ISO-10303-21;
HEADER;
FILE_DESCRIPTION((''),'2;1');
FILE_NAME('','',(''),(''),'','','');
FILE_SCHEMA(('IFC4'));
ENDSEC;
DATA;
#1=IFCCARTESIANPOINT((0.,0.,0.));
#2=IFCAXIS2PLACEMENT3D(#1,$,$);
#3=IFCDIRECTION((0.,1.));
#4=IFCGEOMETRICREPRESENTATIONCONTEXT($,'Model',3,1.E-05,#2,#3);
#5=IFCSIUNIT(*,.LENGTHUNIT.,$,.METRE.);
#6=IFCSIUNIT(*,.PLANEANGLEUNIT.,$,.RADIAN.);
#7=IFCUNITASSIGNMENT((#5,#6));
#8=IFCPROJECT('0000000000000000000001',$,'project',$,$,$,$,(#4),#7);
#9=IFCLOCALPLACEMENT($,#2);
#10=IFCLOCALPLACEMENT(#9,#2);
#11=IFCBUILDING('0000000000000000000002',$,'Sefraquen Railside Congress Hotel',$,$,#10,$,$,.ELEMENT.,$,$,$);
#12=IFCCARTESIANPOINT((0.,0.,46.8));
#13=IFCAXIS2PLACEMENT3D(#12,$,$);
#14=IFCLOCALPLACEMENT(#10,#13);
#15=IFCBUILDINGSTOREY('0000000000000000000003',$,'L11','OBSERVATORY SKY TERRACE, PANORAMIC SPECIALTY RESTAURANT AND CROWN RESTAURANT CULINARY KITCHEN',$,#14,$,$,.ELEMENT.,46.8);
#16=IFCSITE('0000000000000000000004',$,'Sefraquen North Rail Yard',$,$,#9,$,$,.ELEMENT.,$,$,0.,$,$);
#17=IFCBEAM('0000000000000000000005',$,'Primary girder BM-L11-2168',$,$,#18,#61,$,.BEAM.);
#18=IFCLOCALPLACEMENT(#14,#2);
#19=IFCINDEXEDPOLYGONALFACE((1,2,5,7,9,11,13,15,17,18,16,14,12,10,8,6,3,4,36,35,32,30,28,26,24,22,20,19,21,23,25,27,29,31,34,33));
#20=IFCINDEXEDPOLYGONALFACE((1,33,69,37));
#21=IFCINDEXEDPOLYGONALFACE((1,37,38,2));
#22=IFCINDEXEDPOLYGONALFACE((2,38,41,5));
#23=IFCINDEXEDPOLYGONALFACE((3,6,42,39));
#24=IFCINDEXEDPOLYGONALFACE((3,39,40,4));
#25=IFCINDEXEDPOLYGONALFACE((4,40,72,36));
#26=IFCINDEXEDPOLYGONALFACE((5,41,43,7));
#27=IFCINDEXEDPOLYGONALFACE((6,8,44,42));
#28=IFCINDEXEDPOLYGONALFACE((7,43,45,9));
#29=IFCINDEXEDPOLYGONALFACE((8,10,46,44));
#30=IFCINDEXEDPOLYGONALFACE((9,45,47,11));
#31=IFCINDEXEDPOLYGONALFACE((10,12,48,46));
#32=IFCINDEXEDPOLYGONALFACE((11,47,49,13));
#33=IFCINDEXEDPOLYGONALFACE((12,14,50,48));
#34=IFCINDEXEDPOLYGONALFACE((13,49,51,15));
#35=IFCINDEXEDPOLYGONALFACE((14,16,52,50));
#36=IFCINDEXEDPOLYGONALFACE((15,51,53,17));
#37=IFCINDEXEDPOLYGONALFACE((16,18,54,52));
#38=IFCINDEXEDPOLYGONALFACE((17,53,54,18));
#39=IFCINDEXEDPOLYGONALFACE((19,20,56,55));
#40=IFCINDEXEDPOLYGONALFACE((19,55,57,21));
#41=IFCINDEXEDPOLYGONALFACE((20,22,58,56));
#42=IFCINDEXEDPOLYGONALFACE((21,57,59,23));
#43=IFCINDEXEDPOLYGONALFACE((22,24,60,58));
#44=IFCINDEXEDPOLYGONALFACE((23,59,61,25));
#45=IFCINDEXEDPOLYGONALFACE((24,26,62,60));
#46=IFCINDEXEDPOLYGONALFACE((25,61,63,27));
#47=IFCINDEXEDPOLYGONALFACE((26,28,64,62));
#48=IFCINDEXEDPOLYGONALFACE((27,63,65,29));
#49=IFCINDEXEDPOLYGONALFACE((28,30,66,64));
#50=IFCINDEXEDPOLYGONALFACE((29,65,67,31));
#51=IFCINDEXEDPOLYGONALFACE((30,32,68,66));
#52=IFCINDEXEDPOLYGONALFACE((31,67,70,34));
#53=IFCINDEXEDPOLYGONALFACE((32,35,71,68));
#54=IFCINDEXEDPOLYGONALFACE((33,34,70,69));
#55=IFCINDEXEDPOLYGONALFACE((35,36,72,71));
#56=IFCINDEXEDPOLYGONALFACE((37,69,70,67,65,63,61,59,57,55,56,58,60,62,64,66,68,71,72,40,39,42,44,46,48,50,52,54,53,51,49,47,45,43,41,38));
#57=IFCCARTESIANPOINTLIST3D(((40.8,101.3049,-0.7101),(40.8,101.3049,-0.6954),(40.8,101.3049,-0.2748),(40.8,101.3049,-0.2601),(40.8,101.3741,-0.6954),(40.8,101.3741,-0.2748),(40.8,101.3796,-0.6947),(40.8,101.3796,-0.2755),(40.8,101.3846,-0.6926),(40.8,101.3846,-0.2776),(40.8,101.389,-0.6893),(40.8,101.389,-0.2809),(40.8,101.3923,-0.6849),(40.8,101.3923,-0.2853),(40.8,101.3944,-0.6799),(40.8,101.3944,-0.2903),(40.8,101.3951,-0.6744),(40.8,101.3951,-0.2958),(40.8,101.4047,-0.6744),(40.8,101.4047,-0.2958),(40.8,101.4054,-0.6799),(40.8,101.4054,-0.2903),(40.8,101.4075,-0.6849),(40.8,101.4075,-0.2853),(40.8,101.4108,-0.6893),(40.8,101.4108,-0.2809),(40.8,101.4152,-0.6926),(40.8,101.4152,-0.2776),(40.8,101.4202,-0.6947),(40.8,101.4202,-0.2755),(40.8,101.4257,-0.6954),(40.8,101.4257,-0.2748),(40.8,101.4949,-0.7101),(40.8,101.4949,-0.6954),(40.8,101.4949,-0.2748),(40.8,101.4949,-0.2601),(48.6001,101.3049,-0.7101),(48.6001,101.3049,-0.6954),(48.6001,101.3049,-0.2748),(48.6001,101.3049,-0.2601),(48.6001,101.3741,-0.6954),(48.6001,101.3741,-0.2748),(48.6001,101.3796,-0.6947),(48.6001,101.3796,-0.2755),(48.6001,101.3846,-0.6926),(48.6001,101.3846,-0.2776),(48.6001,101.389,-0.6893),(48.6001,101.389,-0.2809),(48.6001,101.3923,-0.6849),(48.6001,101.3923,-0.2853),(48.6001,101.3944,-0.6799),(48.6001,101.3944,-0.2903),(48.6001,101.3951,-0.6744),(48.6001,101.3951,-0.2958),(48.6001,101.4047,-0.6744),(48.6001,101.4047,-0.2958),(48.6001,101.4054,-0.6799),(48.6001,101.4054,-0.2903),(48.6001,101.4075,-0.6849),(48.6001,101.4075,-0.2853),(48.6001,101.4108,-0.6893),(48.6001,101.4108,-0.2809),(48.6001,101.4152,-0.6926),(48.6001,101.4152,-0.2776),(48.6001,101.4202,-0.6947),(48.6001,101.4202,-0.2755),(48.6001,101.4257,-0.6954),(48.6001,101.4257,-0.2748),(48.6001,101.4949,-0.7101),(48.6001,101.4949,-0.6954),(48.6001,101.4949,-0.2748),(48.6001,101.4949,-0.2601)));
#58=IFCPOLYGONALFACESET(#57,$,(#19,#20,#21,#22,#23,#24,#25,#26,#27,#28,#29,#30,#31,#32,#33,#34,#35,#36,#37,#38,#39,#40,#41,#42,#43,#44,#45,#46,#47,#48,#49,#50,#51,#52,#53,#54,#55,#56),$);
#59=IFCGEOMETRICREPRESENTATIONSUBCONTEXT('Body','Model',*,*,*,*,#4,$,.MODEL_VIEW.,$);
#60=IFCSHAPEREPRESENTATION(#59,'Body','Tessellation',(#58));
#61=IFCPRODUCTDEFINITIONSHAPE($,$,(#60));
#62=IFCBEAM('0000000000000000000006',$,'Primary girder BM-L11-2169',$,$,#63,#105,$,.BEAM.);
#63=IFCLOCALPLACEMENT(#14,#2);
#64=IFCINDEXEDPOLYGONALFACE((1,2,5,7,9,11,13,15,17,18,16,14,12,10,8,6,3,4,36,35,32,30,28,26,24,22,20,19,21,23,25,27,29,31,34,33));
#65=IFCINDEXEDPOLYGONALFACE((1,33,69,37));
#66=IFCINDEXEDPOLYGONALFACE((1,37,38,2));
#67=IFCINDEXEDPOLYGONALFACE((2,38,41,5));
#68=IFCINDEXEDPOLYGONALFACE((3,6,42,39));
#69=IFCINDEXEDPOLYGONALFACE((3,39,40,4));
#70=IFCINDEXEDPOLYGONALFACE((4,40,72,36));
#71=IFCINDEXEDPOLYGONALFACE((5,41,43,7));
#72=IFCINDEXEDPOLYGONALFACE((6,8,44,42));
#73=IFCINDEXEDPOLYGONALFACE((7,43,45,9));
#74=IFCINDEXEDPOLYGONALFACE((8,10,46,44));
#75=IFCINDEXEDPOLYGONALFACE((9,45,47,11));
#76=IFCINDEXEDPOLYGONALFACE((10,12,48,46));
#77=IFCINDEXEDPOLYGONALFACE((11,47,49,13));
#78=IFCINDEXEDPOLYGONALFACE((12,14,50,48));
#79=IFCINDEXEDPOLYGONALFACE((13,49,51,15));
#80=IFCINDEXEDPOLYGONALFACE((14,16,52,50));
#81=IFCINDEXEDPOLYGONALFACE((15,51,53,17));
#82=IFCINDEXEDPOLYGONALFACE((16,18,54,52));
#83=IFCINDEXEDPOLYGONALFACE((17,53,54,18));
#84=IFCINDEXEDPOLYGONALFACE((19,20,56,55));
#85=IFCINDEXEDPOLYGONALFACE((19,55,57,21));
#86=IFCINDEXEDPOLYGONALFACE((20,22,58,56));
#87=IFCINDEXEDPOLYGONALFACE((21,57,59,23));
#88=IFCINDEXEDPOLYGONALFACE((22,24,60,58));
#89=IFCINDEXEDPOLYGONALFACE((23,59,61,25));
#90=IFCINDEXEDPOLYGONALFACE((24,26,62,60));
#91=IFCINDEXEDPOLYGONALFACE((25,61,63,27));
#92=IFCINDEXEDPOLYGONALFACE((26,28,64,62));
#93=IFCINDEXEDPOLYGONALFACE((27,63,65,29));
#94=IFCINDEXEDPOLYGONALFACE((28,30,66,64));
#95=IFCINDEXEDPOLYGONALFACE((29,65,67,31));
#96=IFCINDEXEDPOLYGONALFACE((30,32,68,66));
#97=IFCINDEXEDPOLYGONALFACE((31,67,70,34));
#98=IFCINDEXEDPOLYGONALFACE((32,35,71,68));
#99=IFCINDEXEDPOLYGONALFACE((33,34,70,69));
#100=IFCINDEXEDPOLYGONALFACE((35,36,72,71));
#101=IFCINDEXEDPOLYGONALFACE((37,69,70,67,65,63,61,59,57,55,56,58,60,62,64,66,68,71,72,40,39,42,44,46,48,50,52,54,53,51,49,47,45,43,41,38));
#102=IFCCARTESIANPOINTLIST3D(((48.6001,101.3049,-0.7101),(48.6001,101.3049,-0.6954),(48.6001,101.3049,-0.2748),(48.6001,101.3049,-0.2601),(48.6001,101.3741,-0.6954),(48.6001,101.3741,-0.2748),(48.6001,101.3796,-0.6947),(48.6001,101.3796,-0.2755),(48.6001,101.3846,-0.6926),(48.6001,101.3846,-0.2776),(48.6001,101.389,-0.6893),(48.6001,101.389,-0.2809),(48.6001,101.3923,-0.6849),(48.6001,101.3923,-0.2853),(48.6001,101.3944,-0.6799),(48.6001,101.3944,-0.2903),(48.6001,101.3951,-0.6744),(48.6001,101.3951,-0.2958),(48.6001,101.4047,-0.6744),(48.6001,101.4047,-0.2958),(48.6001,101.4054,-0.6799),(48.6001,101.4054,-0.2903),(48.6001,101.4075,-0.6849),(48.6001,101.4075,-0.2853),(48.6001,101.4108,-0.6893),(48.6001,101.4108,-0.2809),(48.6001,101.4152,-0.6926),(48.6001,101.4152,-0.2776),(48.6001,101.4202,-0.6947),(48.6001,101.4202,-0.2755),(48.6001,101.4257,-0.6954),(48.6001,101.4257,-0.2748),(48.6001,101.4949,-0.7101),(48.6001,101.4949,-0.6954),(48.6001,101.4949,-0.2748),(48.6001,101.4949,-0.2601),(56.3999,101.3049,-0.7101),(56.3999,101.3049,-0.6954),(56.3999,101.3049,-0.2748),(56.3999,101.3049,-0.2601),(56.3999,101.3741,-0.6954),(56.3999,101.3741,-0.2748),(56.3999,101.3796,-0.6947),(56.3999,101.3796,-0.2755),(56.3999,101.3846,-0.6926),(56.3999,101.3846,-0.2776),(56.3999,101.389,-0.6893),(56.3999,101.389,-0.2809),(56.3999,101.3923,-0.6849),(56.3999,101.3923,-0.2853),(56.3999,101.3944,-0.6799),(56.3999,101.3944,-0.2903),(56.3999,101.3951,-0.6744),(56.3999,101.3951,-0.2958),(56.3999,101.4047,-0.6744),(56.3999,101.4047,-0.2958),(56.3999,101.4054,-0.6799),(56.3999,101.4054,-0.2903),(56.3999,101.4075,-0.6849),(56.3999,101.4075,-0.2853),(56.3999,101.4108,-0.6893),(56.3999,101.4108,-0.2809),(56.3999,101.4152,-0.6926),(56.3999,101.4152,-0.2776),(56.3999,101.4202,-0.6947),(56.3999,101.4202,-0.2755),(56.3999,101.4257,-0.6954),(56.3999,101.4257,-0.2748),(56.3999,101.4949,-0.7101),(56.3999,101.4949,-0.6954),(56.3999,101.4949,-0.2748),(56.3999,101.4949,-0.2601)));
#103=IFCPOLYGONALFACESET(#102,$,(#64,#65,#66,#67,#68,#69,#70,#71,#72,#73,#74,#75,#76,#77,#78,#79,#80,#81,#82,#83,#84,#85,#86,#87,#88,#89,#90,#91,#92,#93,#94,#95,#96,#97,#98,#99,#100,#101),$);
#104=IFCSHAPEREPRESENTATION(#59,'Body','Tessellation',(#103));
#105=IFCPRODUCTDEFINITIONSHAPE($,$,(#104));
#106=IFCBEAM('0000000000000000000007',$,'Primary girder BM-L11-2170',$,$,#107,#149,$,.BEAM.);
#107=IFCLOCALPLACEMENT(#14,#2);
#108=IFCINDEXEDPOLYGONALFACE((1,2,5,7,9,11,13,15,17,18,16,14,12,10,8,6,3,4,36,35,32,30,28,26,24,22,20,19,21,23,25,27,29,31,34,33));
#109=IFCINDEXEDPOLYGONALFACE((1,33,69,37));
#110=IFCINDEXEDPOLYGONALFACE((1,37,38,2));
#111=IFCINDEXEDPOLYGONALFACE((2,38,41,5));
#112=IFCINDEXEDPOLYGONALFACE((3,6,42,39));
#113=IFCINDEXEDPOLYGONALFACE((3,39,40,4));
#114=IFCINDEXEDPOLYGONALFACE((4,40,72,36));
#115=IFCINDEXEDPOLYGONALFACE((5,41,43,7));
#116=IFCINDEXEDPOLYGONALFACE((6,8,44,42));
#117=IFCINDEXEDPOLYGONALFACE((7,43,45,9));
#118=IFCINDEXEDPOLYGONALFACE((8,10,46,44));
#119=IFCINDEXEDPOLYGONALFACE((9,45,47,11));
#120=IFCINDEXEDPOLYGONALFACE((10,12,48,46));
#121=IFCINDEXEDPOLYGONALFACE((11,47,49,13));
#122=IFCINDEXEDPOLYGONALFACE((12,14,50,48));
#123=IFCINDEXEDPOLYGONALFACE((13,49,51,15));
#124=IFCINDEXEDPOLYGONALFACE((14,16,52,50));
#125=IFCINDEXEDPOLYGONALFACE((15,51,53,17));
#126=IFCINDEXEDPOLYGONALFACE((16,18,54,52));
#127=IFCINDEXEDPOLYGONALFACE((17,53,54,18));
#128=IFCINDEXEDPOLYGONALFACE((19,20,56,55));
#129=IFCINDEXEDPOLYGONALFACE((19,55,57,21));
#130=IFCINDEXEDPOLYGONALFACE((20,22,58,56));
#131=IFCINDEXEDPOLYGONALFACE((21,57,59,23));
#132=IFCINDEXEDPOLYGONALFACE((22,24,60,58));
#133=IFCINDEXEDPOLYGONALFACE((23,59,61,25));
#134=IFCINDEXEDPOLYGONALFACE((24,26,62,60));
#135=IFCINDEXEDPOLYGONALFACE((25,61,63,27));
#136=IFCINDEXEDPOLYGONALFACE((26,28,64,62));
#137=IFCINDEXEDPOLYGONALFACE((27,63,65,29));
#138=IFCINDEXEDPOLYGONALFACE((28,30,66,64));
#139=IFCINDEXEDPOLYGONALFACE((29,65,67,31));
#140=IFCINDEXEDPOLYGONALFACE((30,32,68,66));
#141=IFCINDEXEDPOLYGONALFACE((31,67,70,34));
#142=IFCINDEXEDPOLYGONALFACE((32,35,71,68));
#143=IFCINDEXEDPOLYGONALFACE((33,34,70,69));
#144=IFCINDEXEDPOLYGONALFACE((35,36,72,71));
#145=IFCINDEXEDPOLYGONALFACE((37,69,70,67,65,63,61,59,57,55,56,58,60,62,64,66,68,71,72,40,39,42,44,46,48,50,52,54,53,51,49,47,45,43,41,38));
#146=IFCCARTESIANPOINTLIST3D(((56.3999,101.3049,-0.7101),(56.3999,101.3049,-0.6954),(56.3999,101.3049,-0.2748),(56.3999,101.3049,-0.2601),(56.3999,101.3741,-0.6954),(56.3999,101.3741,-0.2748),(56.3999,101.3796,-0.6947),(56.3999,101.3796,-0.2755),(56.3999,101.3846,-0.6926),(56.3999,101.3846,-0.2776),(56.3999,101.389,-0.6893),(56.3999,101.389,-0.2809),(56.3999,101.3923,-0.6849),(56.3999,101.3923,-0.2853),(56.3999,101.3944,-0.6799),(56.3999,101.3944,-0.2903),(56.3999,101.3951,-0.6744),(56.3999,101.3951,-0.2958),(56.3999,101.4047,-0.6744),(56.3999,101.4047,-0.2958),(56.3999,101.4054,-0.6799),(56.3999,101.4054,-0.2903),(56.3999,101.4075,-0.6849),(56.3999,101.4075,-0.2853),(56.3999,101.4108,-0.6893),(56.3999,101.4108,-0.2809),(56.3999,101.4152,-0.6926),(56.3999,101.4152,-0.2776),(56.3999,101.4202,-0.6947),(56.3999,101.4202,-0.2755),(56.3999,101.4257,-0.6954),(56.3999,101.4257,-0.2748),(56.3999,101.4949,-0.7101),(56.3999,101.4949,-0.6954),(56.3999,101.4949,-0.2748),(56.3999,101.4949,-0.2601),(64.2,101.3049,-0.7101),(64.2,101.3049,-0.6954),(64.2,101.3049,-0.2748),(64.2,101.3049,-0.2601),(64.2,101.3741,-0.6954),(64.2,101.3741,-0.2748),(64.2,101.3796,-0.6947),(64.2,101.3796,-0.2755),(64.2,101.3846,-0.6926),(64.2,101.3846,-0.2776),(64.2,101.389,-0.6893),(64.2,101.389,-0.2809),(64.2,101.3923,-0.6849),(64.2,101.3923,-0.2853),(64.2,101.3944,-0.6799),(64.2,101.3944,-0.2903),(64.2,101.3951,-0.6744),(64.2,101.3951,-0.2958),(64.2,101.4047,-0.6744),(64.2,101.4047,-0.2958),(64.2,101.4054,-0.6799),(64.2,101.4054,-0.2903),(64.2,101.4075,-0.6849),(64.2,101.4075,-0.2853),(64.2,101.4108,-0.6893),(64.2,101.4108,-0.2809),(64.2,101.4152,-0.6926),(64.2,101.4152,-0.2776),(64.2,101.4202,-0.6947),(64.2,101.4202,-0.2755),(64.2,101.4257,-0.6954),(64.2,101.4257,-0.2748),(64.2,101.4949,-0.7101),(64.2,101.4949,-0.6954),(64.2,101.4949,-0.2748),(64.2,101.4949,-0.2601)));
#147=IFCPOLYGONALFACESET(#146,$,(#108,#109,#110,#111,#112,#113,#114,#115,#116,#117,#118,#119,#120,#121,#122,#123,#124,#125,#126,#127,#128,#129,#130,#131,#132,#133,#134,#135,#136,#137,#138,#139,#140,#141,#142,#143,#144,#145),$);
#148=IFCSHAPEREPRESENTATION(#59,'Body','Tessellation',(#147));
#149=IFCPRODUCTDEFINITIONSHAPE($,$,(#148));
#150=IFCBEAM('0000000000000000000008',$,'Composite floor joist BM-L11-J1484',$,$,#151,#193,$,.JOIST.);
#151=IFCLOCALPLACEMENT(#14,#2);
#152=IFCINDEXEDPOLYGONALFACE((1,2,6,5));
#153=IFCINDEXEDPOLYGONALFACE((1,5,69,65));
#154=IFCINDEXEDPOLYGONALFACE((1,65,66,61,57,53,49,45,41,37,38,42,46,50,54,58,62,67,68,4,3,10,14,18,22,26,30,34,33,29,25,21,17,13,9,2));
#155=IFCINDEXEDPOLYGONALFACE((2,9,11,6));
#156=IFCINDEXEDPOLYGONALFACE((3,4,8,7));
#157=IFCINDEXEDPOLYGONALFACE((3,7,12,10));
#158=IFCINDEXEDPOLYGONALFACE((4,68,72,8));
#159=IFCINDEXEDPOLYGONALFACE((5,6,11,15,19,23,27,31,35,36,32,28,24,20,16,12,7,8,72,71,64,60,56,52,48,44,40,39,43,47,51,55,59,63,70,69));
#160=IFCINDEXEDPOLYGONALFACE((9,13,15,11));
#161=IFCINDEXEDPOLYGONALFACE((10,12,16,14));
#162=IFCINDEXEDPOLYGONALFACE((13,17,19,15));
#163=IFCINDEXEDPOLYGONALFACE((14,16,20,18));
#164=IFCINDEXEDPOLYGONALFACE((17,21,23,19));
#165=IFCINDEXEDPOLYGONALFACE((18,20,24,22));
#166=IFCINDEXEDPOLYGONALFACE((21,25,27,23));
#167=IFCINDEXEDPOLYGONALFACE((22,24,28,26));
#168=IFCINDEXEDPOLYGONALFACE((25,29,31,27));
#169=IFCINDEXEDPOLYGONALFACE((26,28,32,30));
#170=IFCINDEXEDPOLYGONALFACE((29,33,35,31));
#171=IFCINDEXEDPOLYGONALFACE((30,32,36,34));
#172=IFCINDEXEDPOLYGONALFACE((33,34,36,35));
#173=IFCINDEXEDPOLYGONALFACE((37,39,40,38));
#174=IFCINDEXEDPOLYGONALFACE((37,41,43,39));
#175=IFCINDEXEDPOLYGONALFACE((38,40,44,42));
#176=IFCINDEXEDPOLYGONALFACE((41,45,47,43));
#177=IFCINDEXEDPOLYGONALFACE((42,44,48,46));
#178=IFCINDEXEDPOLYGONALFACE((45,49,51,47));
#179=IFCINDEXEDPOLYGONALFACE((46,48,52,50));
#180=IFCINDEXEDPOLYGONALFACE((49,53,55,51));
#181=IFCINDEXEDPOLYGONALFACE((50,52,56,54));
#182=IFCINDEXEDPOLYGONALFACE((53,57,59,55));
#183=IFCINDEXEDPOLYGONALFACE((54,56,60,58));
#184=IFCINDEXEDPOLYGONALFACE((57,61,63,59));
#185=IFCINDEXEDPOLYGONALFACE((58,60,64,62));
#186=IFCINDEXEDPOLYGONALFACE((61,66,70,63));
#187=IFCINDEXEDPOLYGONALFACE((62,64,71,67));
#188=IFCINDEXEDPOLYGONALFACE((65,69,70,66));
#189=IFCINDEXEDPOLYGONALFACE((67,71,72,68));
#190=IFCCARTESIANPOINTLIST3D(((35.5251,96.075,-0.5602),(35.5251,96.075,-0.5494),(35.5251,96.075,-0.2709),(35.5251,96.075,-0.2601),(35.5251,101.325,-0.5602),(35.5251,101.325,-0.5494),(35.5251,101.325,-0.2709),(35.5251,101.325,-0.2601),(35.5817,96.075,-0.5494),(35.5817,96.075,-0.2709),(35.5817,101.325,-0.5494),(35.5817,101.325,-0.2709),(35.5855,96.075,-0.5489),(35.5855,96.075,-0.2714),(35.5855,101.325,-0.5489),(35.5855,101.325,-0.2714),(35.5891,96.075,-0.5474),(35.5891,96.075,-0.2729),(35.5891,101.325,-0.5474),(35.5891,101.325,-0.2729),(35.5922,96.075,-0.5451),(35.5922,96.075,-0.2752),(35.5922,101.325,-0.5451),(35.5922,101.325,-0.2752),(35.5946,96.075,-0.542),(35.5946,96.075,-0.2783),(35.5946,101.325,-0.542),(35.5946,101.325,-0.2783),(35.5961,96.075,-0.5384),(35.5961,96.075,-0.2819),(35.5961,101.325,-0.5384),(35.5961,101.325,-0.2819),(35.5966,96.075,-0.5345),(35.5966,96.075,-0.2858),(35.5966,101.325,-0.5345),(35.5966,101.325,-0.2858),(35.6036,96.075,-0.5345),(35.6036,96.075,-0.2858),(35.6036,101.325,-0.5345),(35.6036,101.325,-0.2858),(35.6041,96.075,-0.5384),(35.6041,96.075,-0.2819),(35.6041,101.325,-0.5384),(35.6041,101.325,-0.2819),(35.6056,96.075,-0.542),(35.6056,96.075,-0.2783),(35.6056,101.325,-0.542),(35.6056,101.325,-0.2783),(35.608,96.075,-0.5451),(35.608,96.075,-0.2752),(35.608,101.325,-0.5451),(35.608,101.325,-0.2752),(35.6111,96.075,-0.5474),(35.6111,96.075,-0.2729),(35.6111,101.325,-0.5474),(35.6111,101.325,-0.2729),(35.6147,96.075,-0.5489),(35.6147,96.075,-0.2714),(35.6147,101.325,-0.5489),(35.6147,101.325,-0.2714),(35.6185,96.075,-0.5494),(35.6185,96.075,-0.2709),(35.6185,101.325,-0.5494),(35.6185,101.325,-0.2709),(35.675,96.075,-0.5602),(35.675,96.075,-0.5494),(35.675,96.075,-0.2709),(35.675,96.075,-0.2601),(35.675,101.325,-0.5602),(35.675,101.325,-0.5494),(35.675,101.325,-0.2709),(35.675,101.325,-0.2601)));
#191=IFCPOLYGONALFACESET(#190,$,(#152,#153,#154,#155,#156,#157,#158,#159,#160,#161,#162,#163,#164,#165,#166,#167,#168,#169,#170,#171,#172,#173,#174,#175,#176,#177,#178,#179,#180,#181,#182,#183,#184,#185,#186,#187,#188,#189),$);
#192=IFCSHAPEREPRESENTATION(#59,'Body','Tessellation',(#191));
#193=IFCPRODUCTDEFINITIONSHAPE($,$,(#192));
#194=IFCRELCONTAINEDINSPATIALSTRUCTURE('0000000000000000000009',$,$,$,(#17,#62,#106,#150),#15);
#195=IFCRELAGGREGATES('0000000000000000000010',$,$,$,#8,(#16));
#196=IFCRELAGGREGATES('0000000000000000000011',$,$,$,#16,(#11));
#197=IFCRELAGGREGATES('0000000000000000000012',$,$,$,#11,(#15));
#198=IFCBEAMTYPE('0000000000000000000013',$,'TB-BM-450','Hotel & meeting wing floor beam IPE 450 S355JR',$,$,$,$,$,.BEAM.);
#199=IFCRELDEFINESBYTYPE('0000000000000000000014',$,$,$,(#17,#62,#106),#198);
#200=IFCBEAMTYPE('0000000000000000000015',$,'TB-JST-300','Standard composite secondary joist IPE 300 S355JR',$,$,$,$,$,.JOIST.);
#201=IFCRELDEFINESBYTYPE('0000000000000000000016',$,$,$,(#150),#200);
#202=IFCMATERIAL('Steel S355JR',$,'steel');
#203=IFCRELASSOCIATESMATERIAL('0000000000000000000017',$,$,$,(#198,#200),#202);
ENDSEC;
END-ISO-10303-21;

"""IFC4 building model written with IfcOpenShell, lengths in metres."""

from ifc_helpers import new_model, si_unit, direction, frame, origin, origin_2d, place, context, subcontext, project, spatial, i_section, extrude, material, material_profile, profile_set, type_object, element, save


model = new_model("IFC4")

# Units and contexts
model_context = context("Model", 3, precision=1e-05, world=origin(), true_north=direction((0.0, 1.0)))
body_context = subcontext(model_context, "Body", "Model", "MODEL_VIEW")
ifc_project = project(units=[si_unit("LENGTHUNIT", "METRE"), si_unit("PLANEANGLEUNIT", "RADIAN")], contexts=[model_context])

# Site, building, storey
site_placement = place(None, origin())
site = spatial("IfcSite", under=ifc_project, at=site_placement, Name="Sefraquen North Rail Yard", CompositionType="ELEMENT", RefElevation=0.0)
building_placement = place(site_placement, origin())
building = spatial("IfcBuilding", under=site, at=building_placement, Name="Sefraquen Railside Congress Hotel", CompositionType="ELEMENT")
storey_placement = place(building_placement, frame((0.0, 0.0, 46.8)))
storey = spatial("IfcBuildingStorey", under=building, at=storey_placement, Name="L11", Description="OBSERVATORY SKY TERRACE, PANORAMIC SPECIALTY RESTAURANT AND CROWN RESTAURANT CULINARY KITCHEN", CompositionType="ELEMENT", Elevation=46.8)

# Shared definitions
ifc_material_1 = material(Name="Steel S355JR", Category="steel")

# Beams
ifc_material_profile_1 = material_profile(ifc_material_1, i_section(OverallWidth=0.1899, OverallDepth=0.45, WebThickness=0.0095, FlangeThickness=0.0146, FilletRadius=0.021, at=origin_2d()), Name="IPE 450")
ifc_profile_set_1 = profile_set([ifc_material_profile_1], Name="Steel S355JR")
beam_type_1 = type_object("IfcBeamType", Name="TB-BM-450", Description="Hotel & meeting wing floor beam IPE 450 S355JR", PredefinedType="BEAM", material=ifc_profile_set_1)
beam_1_placement = place(storey_placement, frame((40.8, 101.3999, -0.4851), z_axis=(1.0, 0.0, 0.0), x_axis=(0.0, 1.0, 0.0)))
element("IfcBeam", 1, at=beam_1_placement, inside=storey, type_object=beam_type_1, Name="Primary girder BM-L11-2168", PredefinedType="BEAM", context=body_context, shape_type="SweptSolid", body=[
    extrude(i_section(OverallWidth=0.1899, OverallDepth=0.45, WebThickness=0.0095, FlangeThickness=0.0146, FilletRadius=0.021, at=origin_2d()), origin(), (0.0, 0.0, 1.0), 7.8),
])
beam_2_placement = place(storey_placement, frame((48.6001, 101.3999, -0.4851), z_axis=(1.0, 0.0, 0.0), x_axis=(0.0, 1.0, 0.0)))
element("IfcBeam", 2, at=beam_2_placement, inside=storey, type_object=beam_type_1, Name="Primary girder BM-L11-2169", PredefinedType="BEAM", context=body_context, shape_type="SweptSolid", body=[
    extrude(i_section(OverallWidth=0.1899, OverallDepth=0.45, WebThickness=0.0095, FlangeThickness=0.0146, FilletRadius=0.021, at=origin_2d()), origin(), (0.0, 0.0, 1.0), 7.7998),
])
beam_3_placement = place(storey_placement, frame((56.3999, 101.3999, -0.4851), z_axis=(1.0, 0.0, 0.0), x_axis=(0.0, 1.0, 0.0)))
element("IfcBeam", 3, at=beam_3_placement, inside=storey, type_object=beam_type_1, Name="Primary girder BM-L11-2170", PredefinedType="BEAM", context=body_context, shape_type="SweptSolid", body=[
    extrude(i_section(OverallWidth=0.1899, OverallDepth=0.45, WebThickness=0.0095, FlangeThickness=0.0146, FilletRadius=0.021, at=origin_2d()), origin(), (0.0, 0.0, 1.0), 7.8),
])
ifc_material_profile_2 = material_profile(ifc_material_1, i_section(OverallWidth=0.1499, OverallDepth=0.3, WebThickness=0.0071, FlangeThickness=0.0107, FilletRadius=0.0149, at=origin_2d()), Name="IPE 300")
ifc_profile_set_2 = profile_set([ifc_material_profile_2], Name="Steel S355JR")
beam_type_2 = type_object("IfcBeamType", Name="TB-JST-300", Description="Standard composite secondary joist IPE 300 S355JR", PredefinedType="JOIST", material=ifc_profile_set_2)
for number, where, z_axis, x_axis, name in (
    (4, (35.6001, 96.075, -0.4102), (0.0, 1.0, 0.0), (-1.0, 0.0, 0.0), "Composite floor joist BM-L11-J1484"),
):
    element("IfcBeam", number, at=place(storey_placement, frame(where, z_axis=z_axis, x_axis=x_axis)), inside=storey, type_object=beam_type_2, Name=name, PredefinedType="JOIST", context=body_context, shape_type="SweptSolid", body=[
        extrude(i_section(OverallWidth=0.1499, OverallDepth=0.3, WebThickness=0.0071, FlangeThickness=0.0107, FilletRadius=0.0149, at=origin_2d()), origin(), (0.0, 0.0, 1.0), 5.25),
    ])

save(model, "model.ifc")
